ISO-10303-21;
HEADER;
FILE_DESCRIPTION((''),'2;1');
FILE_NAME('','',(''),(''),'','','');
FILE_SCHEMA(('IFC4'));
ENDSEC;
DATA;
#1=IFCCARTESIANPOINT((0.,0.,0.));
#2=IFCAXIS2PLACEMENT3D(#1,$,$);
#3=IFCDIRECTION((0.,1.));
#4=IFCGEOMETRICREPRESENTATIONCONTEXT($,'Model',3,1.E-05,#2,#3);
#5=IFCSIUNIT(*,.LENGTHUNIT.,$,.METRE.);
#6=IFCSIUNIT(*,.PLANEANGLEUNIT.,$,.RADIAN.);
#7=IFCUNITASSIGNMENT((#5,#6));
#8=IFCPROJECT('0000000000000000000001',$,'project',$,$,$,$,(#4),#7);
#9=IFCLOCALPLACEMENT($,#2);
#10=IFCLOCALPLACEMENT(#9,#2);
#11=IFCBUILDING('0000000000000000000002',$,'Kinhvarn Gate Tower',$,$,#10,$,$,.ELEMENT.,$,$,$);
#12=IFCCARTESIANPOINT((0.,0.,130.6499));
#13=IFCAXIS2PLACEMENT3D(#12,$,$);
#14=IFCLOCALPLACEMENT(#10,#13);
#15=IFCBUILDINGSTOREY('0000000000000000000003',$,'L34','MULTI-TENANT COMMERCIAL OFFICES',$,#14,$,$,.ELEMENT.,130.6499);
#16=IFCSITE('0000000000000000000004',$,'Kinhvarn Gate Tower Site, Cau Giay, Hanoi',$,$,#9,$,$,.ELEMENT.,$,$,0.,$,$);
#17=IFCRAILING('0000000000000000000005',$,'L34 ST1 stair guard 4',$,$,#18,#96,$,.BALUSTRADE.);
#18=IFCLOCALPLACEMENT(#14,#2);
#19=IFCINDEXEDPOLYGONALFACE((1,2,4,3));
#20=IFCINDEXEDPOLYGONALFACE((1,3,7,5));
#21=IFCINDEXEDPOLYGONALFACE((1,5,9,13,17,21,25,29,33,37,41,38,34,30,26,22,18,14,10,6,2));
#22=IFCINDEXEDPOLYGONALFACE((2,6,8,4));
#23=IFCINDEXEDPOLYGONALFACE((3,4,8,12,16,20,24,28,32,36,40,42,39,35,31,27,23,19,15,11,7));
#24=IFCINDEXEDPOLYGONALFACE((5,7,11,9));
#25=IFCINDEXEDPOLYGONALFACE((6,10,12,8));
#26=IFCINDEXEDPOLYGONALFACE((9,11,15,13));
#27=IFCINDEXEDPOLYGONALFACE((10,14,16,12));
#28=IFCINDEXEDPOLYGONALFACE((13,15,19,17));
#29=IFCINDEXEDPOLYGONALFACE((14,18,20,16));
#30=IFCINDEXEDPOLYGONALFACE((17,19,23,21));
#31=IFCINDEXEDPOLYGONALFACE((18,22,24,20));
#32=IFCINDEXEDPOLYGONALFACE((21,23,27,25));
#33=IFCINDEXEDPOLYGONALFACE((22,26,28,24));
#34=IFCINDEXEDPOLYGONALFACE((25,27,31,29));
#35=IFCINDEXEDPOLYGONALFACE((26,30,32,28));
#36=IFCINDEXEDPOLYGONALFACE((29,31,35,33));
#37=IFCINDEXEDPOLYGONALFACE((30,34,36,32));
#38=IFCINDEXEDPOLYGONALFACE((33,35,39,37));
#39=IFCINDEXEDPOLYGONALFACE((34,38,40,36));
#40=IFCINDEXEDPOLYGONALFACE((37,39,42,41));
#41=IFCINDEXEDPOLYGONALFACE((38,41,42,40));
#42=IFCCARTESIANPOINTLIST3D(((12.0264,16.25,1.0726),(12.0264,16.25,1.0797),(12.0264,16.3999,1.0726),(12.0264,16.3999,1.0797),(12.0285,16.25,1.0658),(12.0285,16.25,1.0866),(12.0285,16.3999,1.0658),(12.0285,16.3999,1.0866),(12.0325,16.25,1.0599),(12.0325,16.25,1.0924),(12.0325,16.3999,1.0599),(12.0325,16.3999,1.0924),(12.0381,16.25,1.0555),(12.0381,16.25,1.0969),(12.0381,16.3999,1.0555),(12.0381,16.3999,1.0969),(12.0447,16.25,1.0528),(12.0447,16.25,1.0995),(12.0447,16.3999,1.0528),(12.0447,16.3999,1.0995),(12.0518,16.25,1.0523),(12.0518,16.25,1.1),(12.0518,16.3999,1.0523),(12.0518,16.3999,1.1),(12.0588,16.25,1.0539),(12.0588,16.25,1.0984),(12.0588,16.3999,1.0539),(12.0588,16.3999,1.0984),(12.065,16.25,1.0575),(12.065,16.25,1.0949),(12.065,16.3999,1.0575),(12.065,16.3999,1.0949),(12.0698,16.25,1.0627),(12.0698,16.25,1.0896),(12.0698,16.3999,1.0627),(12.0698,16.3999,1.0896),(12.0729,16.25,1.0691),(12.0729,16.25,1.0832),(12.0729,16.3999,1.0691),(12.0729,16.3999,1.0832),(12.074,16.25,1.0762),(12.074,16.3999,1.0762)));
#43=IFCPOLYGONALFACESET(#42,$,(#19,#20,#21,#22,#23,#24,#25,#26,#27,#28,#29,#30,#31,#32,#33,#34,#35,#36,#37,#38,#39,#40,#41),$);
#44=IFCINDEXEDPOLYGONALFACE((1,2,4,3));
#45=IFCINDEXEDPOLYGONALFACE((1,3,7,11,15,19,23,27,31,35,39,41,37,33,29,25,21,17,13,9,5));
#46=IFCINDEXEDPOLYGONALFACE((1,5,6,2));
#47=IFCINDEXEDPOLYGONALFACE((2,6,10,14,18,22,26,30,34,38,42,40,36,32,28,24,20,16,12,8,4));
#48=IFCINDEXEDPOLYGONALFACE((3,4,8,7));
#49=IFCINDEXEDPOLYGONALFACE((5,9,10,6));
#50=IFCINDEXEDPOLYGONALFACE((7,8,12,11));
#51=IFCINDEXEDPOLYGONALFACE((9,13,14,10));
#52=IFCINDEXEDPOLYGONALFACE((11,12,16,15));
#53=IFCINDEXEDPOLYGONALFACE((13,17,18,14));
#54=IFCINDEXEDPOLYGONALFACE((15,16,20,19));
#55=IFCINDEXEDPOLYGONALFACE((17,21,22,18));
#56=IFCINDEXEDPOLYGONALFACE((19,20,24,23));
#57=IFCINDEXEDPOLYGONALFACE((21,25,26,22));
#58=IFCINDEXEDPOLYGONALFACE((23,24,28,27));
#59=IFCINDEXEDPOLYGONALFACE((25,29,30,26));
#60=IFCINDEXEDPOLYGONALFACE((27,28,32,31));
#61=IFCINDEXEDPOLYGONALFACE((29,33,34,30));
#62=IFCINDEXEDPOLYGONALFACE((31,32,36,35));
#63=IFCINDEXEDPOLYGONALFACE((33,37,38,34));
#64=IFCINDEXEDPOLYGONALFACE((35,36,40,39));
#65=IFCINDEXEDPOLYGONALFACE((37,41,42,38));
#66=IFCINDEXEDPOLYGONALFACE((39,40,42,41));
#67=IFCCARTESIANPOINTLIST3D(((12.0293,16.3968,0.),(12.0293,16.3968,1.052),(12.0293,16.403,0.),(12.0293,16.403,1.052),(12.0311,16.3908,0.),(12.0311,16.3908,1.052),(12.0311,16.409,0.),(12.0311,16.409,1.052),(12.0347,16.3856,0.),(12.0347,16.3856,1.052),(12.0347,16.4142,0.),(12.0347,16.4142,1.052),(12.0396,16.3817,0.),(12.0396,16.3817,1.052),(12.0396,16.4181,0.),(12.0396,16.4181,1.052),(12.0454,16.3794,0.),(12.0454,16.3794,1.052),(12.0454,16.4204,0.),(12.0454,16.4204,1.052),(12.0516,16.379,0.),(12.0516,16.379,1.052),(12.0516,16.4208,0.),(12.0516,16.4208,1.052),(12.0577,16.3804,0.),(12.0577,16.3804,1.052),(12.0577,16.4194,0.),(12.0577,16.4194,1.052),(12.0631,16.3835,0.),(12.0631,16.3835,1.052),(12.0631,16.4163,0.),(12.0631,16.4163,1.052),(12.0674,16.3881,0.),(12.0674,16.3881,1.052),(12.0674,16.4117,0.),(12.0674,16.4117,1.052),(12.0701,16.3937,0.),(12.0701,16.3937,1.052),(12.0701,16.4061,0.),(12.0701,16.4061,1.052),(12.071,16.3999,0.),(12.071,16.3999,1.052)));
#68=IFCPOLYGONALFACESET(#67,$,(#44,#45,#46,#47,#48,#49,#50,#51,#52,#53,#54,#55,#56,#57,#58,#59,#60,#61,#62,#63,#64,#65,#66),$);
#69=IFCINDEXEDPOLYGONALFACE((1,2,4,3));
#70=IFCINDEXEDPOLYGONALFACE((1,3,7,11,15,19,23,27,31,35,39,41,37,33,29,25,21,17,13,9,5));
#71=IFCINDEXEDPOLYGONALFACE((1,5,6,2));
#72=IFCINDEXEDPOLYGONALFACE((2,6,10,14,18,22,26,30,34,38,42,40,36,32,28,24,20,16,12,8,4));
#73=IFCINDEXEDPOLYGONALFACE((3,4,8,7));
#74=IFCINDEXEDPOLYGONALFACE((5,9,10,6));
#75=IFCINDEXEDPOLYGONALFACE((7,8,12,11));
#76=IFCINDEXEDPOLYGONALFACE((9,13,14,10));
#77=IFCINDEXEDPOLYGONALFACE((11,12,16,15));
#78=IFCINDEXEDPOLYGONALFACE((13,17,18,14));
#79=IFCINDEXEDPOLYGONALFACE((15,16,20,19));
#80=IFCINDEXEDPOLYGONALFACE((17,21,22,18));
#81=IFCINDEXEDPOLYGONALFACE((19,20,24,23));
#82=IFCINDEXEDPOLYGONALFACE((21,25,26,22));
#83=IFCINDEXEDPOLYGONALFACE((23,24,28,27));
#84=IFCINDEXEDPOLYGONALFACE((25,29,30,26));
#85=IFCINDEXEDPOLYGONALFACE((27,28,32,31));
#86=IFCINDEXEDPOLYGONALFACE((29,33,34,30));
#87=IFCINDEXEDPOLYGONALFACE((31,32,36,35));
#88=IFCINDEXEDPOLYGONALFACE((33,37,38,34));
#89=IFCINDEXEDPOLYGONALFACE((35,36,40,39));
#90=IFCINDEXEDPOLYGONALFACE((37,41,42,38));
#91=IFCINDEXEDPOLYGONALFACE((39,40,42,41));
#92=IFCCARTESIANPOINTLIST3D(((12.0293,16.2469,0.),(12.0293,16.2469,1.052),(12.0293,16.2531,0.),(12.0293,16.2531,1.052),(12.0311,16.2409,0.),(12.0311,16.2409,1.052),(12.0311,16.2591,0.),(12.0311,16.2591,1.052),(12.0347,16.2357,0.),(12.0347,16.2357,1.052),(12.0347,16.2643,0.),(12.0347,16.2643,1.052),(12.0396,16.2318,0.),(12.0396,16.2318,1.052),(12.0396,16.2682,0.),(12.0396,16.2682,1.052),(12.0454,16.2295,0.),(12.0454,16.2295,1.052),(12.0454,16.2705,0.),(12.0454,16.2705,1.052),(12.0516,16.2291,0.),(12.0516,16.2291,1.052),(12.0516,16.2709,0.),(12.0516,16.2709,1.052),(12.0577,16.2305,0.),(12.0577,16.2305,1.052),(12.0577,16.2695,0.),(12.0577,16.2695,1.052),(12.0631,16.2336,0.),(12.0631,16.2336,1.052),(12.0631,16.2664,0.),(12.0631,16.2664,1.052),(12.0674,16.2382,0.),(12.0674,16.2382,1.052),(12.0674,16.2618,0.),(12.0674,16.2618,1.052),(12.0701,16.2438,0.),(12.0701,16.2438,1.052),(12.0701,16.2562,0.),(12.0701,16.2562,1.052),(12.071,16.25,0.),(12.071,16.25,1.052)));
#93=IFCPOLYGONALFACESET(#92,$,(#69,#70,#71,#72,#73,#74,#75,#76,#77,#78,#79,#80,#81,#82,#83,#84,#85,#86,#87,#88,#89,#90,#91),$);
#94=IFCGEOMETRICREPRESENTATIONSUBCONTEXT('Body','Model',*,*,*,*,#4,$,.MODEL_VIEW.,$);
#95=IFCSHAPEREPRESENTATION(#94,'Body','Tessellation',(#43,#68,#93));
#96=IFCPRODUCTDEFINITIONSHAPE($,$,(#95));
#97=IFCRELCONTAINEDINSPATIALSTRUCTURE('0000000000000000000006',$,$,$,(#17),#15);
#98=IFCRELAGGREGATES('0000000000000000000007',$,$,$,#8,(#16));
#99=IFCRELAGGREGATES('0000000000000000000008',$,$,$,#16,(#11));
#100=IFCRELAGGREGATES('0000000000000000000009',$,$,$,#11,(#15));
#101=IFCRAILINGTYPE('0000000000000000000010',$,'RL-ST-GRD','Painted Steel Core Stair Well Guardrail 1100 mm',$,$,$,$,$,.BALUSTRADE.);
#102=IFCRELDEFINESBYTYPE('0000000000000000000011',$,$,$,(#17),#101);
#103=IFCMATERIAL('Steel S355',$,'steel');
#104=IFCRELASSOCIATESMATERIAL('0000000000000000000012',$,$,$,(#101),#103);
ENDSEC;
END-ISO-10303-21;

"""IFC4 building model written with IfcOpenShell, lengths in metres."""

from ifc_helpers import new_model, si_unit, direction, frame, origin, origin_2d, place, context, subcontext, project, spatial, circle, extrude, material, type_object, element, save


model = new_model("IFC4")

# Units and contexts
model_context = context("Model", 3, precision=1e-05, world=origin(), true_north=direction((0.0, 1.0)))
body_context = subcontext(model_context, "Body", "Model", "MODEL_VIEW")
ifc_project = project(units=[si_unit("LENGTHUNIT", "METRE"), si_unit("PLANEANGLEUNIT", "RADIAN")], contexts=[model_context])

# Site, building, storey
site_placement = place(None, origin())
site = spatial("IfcSite", under=ifc_project, at=site_placement, Name="Kinhvarn Gate Tower Site, Cau Giay, Hanoi", CompositionType="ELEMENT", RefElevation=0.0)
building_placement = place(site_placement, origin())
building = spatial("IfcBuilding", under=site, at=building_placement, Name="Kinhvarn Gate Tower", CompositionType="ELEMENT")
storey_placement = place(building_placement, frame((0.0, 0.0, 130.6499)))
storey = spatial("IfcBuildingStorey", under=building, at=storey_placement, Name="L34", Description="MULTI-TENANT COMMERCIAL OFFICES", CompositionType="ELEMENT", Elevation=130.6499)

# Shared definitions
ifc_material_1 = material(Name="Steel S355", Category="steel")

# Railing
railing_type_1 = type_object("IfcRailingType", Name="RL-ST-GRD", Description="Painted Steel Core Stair Well Guardrail 1100 mm", PredefinedType="BALUSTRADE", material=ifc_material_1)
railing_1_placement = place(storey_placement, frame((12.05, 16.3999, 0.0)))
element("IfcRailing", 1, at=railing_1_placement, inside=storey, type_object=railing_type_1, Name="L34 ST1 stair guard 4", PredefinedType="BALUSTRADE", context=body_context, shape_type="SweptSolid", body=[
    extrude(circle(Radius=0.0239, at=origin_2d()), frame((0.0, 0.0, 1.0762), z_axis=(0.0, -1.0, 0.0), x_axis=(1.0, 0.0, 0.0)), (0.0, 0.0, 1.0), 0.1499),
    extrude(circle(Radius=0.021, at=origin_2d()), origin(), (0.0, 0.0, 1.0), 1.052),
    extrude(circle(Radius=0.021, at=origin_2d()), frame((0.0, -0.1499, 0.0)), (0.0, 0.0, 1.0), 1.052),
])

save(model, "model.ifc")
